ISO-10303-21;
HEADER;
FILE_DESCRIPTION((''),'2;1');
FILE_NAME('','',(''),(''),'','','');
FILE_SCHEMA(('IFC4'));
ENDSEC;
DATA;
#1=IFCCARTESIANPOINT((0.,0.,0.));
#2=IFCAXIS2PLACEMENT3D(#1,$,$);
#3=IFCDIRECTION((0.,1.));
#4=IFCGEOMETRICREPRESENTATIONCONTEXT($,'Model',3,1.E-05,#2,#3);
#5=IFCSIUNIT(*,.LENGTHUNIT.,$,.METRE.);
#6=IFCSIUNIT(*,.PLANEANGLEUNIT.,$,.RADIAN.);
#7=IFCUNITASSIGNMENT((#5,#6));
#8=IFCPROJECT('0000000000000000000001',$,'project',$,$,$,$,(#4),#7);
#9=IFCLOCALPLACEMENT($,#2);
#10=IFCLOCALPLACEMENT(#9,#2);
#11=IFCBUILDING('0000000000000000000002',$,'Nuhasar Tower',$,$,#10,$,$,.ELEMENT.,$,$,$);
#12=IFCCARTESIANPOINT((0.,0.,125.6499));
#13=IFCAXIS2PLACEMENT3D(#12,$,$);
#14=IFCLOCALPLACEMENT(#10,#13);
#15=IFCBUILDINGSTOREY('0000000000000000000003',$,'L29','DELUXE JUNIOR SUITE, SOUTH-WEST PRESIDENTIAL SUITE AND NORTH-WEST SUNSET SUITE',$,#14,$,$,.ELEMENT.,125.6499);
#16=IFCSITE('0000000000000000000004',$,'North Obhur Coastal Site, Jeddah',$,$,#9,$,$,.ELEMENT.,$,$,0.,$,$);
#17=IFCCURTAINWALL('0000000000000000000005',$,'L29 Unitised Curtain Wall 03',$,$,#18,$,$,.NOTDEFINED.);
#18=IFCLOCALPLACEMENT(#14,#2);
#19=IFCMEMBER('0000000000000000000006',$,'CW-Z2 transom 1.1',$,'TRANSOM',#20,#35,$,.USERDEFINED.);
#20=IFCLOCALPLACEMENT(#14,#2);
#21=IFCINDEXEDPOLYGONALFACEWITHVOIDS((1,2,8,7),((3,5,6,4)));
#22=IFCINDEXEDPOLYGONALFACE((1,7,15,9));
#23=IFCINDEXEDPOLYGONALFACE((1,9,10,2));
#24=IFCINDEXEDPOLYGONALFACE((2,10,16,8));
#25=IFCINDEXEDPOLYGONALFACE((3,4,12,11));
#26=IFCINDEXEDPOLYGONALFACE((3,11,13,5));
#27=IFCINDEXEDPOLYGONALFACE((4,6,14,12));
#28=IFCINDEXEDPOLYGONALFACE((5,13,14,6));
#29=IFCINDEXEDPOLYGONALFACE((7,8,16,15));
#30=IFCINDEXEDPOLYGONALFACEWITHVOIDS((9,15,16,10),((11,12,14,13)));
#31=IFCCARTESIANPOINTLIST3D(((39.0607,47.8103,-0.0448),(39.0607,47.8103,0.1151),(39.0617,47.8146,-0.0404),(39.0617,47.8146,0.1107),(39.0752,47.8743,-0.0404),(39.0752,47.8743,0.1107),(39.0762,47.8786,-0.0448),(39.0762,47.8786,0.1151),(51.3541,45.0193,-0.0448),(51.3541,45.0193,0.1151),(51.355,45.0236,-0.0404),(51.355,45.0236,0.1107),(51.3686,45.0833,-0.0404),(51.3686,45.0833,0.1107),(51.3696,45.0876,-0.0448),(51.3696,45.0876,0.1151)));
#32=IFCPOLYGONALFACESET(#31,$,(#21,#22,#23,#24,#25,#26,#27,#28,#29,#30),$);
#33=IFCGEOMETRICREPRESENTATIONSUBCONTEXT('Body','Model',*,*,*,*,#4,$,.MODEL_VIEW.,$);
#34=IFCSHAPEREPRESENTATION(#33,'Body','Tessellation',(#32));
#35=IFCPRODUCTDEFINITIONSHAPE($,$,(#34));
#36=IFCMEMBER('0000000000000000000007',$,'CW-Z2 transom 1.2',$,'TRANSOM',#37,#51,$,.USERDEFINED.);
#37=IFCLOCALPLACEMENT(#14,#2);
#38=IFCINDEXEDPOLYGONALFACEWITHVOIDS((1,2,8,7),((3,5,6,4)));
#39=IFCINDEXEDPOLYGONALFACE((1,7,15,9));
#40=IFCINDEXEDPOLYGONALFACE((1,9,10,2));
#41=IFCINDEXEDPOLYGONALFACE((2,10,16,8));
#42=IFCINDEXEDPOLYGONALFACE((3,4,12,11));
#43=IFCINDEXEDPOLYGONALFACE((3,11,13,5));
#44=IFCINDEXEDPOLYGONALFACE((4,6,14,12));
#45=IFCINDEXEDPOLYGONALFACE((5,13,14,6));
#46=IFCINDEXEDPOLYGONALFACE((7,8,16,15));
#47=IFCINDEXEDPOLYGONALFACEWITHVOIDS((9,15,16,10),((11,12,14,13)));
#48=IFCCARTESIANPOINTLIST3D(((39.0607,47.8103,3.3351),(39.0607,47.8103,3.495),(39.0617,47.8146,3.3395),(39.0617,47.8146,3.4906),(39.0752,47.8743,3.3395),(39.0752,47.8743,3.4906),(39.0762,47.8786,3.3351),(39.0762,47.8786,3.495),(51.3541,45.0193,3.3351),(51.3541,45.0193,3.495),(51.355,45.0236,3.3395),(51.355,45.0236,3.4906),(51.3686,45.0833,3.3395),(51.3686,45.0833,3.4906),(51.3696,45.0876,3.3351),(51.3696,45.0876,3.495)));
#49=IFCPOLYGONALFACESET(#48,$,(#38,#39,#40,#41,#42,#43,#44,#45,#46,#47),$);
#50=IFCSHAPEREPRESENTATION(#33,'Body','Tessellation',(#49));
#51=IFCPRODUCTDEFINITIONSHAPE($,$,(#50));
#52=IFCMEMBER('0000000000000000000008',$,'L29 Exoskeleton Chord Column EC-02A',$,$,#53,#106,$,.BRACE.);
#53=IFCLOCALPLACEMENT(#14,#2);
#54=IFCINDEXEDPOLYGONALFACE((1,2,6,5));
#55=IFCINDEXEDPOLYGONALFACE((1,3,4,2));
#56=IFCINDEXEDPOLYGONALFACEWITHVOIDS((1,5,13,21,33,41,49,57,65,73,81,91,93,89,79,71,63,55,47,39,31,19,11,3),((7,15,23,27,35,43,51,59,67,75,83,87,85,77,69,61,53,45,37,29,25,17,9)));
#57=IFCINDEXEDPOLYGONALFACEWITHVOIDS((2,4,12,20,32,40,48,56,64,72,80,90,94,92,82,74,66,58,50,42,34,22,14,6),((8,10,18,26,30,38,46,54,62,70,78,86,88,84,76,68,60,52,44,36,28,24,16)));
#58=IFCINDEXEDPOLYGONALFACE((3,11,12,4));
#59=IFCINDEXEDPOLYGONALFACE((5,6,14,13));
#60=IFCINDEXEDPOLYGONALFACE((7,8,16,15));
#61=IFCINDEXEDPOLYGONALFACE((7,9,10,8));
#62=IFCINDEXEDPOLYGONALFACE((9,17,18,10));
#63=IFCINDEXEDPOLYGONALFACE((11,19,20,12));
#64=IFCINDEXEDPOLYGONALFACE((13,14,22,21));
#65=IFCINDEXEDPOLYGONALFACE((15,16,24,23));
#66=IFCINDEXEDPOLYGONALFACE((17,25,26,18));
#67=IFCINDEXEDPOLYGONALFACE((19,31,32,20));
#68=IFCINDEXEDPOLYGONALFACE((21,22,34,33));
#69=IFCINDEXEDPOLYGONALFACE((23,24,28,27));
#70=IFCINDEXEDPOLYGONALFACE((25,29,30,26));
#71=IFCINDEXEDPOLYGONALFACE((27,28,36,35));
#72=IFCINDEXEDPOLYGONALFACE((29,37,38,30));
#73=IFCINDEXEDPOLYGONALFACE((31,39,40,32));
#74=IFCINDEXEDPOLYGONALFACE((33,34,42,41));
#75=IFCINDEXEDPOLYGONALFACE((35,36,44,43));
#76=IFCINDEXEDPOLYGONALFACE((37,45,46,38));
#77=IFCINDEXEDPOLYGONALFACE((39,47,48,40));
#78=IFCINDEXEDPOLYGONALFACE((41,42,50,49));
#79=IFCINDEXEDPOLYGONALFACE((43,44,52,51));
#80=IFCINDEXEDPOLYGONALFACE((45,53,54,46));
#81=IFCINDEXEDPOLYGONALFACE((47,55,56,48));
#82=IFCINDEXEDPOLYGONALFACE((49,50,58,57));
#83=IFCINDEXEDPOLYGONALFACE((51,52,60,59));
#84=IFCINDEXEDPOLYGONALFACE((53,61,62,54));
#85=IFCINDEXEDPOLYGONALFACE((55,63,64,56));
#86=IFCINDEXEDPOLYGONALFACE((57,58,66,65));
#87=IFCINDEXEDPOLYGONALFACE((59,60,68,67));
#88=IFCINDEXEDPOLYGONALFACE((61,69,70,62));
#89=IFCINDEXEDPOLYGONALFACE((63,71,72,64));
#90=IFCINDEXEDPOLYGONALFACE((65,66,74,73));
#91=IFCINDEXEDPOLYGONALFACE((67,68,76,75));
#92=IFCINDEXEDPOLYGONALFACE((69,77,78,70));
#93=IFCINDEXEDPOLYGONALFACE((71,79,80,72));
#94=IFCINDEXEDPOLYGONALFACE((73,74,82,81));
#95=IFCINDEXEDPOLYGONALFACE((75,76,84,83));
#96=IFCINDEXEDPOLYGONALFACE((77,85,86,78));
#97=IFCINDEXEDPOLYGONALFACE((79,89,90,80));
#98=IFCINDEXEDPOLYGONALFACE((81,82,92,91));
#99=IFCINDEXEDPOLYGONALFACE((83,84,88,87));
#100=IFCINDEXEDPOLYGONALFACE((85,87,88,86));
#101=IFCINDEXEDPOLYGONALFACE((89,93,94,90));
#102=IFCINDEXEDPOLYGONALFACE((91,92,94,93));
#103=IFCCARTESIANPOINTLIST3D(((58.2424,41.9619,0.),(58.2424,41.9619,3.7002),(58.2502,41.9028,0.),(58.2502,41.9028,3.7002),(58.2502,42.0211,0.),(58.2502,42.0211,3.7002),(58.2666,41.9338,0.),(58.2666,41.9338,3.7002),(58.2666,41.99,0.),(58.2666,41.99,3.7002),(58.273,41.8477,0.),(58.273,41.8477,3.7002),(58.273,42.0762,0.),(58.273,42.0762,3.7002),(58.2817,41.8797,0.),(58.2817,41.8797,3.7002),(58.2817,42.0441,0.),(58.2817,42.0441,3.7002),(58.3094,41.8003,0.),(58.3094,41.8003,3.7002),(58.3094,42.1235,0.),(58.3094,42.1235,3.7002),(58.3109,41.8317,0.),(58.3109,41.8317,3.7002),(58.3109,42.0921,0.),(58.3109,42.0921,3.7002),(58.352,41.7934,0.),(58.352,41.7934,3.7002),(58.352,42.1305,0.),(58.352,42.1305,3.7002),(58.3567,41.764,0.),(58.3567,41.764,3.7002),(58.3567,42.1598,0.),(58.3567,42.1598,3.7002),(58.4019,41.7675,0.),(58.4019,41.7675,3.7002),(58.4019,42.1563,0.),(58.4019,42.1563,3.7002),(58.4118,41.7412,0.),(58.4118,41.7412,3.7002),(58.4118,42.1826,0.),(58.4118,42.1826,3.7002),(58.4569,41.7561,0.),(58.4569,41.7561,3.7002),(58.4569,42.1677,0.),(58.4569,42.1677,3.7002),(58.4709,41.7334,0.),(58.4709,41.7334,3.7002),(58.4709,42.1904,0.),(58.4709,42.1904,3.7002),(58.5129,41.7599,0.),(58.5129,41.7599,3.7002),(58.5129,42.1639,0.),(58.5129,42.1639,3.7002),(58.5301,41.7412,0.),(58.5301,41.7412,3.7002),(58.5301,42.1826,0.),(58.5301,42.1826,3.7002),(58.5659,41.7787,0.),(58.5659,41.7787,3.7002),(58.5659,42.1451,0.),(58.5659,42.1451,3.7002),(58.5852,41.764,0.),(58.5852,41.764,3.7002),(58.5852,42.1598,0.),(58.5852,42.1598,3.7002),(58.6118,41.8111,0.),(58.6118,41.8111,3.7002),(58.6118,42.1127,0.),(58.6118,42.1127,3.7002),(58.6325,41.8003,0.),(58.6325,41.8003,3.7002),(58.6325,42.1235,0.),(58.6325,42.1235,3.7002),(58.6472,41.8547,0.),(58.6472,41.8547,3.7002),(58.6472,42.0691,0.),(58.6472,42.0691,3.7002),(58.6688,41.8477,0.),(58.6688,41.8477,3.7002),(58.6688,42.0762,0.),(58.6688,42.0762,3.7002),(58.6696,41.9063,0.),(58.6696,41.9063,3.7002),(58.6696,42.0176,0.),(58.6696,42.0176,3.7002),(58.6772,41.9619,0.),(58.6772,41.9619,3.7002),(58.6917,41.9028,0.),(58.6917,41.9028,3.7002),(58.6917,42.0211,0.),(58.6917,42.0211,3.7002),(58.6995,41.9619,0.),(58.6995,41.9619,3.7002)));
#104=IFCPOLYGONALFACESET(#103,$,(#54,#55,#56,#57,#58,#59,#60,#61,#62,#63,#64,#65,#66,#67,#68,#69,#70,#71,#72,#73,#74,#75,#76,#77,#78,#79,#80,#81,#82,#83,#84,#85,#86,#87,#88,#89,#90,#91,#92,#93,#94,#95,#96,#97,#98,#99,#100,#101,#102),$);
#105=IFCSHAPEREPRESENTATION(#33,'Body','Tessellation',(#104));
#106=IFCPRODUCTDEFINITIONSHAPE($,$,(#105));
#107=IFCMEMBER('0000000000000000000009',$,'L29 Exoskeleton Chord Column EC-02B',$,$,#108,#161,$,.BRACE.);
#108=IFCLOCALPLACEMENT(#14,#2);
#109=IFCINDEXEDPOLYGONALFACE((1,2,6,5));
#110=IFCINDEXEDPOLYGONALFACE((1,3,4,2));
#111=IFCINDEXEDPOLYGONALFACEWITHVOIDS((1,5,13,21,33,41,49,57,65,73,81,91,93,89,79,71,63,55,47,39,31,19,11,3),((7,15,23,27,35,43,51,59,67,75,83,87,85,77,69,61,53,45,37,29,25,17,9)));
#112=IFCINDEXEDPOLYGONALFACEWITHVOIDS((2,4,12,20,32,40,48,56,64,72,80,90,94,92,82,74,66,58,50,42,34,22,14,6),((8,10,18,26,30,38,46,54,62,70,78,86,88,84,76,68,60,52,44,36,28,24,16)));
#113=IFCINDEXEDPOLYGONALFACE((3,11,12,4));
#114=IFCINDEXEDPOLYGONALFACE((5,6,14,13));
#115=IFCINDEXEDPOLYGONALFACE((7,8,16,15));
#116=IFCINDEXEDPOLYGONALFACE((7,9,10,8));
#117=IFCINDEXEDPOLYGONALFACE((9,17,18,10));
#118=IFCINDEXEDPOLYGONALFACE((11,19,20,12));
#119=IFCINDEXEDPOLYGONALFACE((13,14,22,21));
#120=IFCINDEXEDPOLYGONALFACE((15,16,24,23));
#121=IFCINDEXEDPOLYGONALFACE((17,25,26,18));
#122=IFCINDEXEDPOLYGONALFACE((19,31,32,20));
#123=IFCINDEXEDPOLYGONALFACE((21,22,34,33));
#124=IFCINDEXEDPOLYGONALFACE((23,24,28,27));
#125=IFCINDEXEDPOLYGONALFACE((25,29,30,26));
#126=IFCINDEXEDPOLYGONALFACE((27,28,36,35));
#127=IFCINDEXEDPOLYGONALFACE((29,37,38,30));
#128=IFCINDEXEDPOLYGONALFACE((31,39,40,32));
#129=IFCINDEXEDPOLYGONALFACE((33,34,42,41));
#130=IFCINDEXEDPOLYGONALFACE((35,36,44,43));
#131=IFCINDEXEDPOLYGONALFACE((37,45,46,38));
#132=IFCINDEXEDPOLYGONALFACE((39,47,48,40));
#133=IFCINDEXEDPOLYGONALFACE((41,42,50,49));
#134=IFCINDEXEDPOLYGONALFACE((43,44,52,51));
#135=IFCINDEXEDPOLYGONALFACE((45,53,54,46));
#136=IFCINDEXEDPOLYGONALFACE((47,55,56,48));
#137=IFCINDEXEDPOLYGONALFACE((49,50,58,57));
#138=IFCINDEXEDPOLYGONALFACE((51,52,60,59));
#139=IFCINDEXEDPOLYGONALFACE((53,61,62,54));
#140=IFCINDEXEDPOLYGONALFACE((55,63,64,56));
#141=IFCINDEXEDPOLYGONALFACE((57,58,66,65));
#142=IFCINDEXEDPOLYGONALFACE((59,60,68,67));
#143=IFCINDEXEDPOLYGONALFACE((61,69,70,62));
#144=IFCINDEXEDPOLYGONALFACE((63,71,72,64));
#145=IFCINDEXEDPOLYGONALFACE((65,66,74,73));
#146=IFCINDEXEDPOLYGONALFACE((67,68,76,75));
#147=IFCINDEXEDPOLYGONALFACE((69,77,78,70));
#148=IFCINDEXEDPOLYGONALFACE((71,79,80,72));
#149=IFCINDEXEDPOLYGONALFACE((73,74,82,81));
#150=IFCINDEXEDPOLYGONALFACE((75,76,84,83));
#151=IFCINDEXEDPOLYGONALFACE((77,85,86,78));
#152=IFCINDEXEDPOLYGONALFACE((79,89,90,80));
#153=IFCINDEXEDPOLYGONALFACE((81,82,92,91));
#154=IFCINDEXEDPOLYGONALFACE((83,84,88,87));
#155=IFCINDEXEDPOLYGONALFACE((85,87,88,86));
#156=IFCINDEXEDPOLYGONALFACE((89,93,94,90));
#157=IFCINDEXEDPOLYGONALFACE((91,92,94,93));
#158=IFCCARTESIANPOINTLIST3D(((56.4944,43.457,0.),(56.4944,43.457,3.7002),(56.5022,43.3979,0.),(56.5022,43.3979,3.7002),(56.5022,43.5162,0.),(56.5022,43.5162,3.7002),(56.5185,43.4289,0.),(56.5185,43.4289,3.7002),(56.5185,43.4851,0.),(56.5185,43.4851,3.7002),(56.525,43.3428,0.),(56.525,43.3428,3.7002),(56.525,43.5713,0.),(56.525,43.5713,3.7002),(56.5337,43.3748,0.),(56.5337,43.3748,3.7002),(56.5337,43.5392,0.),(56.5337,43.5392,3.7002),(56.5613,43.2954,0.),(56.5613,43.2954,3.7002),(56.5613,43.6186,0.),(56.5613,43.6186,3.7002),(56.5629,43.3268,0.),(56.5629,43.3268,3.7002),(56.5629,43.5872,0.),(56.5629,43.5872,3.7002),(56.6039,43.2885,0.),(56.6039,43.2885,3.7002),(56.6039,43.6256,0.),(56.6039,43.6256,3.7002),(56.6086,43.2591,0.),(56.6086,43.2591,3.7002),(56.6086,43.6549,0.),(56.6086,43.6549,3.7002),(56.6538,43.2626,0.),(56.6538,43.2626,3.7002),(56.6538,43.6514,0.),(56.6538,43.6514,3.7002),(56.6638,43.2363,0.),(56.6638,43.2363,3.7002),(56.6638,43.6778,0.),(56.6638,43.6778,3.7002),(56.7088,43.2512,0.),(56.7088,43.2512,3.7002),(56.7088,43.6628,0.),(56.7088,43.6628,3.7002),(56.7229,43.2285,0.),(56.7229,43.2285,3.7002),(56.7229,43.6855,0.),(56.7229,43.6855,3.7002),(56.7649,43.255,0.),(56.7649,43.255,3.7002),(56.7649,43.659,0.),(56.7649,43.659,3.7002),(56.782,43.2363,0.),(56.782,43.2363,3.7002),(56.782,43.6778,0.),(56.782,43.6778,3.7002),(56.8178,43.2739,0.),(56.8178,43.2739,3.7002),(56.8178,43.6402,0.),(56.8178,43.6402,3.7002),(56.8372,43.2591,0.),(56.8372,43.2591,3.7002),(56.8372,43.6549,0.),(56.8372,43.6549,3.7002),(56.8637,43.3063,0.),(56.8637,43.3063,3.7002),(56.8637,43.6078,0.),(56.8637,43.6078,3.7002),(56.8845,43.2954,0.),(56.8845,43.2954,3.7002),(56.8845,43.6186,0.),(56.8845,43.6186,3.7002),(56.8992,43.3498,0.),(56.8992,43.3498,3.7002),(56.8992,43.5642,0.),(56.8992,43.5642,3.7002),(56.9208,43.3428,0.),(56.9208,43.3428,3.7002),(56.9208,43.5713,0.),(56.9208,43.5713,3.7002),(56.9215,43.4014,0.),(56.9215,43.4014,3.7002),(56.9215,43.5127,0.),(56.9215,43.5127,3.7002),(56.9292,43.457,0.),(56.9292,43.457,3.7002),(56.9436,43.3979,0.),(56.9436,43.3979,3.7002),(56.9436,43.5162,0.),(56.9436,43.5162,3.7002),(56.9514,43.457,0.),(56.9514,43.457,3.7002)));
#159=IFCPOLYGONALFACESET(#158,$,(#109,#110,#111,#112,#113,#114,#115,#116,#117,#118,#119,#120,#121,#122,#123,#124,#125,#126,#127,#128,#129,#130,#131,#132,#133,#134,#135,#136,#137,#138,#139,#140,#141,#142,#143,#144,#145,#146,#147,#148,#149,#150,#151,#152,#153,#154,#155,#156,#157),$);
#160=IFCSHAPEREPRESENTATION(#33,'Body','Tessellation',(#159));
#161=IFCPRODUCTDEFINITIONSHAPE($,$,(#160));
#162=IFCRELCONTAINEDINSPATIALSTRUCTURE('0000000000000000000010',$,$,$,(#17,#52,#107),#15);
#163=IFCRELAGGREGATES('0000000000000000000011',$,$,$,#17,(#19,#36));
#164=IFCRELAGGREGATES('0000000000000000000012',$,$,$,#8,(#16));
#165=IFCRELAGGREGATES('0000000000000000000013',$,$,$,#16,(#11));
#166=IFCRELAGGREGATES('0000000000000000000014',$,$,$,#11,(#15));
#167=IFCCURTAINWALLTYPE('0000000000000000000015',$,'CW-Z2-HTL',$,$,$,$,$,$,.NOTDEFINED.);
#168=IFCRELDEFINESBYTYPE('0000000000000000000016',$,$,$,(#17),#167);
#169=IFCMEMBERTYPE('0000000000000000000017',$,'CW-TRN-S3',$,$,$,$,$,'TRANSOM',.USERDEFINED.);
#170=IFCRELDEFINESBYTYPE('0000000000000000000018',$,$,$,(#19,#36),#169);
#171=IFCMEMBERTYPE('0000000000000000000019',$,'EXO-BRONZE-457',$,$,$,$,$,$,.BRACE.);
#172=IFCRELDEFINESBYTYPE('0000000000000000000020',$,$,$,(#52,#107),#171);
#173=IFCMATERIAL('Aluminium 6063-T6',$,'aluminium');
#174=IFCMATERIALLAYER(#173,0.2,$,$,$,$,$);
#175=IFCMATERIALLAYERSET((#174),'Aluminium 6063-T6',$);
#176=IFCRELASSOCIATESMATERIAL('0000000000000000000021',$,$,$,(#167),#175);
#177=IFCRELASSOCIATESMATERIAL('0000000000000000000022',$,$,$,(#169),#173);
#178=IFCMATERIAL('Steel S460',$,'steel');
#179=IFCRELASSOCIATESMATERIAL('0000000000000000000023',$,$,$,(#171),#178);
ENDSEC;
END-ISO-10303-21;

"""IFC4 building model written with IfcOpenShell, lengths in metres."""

from ifc_helpers import new_model, si_unit, direction, frame, origin, origin_2d, place, context, subcontext, project, spatial, hollow_rectangle, hollow_circle, extrude, material, layer, layer_set, material_profile, profile_set, type_object, element, aggregate, save


model = new_model("IFC4")

# Units and contexts
model_context = context("Model", 3, precision=1e-05, world=origin(), true_north=direction((0.0, 1.0)))
body_context = subcontext(model_context, "Body", "Model", "MODEL_VIEW")
ifc_project = project(units=[si_unit("LENGTHUNIT", "METRE"), si_unit("PLANEANGLEUNIT", "RADIAN")], contexts=[model_context])

# Site, building, storey
site_placement = place(None, origin())
site = spatial("IfcSite", under=ifc_project, at=site_placement, Name="North Obhur Coastal Site, Jeddah", CompositionType="ELEMENT", RefElevation=0.0)
building_placement = place(site_placement, origin())
building = spatial("IfcBuilding", under=site, at=building_placement, Name="Nuhasar Tower", CompositionType="ELEMENT")
storey_placement = place(building_placement, frame((0.0, 0.0, 125.6499)))
storey = spatial("IfcBuildingStorey", under=building, at=storey_placement, Name="L29", Description="DELUXE JUNIOR SUITE, SOUTH-WEST PRESIDENTIAL SUITE AND NORTH-WEST SUNSET SUITE", CompositionType="ELEMENT", Elevation=125.6499)

# Shared definitions
ifc_material_1 = material(Name="Aluminium 6063-T6", Category="aluminium")
ifc_layer_1 = layer(ifc_material_1, 0.2)
ifc_layer_set_1 = layer_set([ifc_layer_1], Name="Aluminium 6063-T6")
curtain_wall_type = type_object("IfcCurtainWallType", Name="CW-Z2-HTL", PredefinedType="NOTDEFINED", material=ifc_layer_set_1)

# Curtain wall
curtain_wall_1_placement = place(storey_placement, origin())
curtain_wall_1 = element("IfcCurtainWall", 1, at=curtain_wall_1_placement, inside=storey, type_object=curtain_wall_type, Name="L29 Unitised Curtain Wall 03", PredefinedType="NOTDEFINED")

# Members
ifc_material_profile_1 = material_profile(ifc_material_1, hollow_rectangle(XDim=0.0701, YDim=0.1599, WallThickness=0.0044, at=origin_2d()), Name="CWT-3")
ifc_profile_set_1 = profile_set([ifc_material_profile_1], Name="Aluminium 6063-T6")
member_type_1 = type_object("IfcMemberType", Name="CW-TRN-S3", ElementType="TRANSOM", PredefinedType="USERDEFINED", material=ifc_profile_set_1)
member_1_placement = place(storey_placement, frame((51.3618, 45.0535, 0.0352), z_axis=(-0.975183, 0.221398, 0.0), x_axis=(-0.221398, -0.975183, 0.0)))
member_1 = element("IfcMember", 2, at=member_1_placement, type_object=member_type_1, Name="CW-Z2 transom 1.1", ObjectType="TRANSOM", PredefinedType="USERDEFINED", context=body_context, shape_type="SweptSolid", body=[
    extrude(hollow_rectangle(XDim=0.0701, YDim=0.1599, WallThickness=0.0044, at=origin_2d()), origin(), (0.0, 0.0, 1.0), 12.6062),
])
member_2_placement = place(storey_placement, frame((51.3618, 45.0535, 3.415), z_axis=(-0.975183, 0.221398, 0.0), x_axis=(-0.221398, -0.975183, 0.0)))
member_2 = element("IfcMember", 3, at=member_2_placement, type_object=member_type_1, Name="CW-Z2 transom 1.2", ObjectType="TRANSOM", PredefinedType="USERDEFINED", context=body_context, shape_type="SweptSolid", body=[
    extrude(hollow_rectangle(XDim=0.0701, YDim=0.1599, WallThickness=0.0044, at=origin_2d()), origin(), (0.0, 0.0, 1.0), 12.6062),
])
aggregate(curtain_wall_1, [member_1, member_2])

# Members
ifc_material_2 = material(Name="Steel S460", Category="steel")
ifc_material_profile_2 = material_profile(ifc_material_2, hollow_circle(Radius=0.2285, WallThickness=0.0222, at=origin_2d()), Name="HSS457X22.2")
ifc_profile_set_2 = profile_set([ifc_material_profile_2], Name="Steel S460")
member_type_2 = type_object("IfcMemberType", Name="EXO-BRONZE-457", PredefinedType="BRACE", material=ifc_profile_set_2)
for number, where, z_axis, x_axis, name in (
    (4, (58.4709, 41.9619, 0.0), (0.0, 0.0, 1.0), (1.0, 0.0, 0.0), "L29 Exoskeleton Chord Column EC-02A"),
    (5, (56.7229, 43.457, 0.0), (0.0, 0.0, 1.0), (1.0, 0.0, 0.0), "L29 Exoskeleton Chord Column EC-02B"),
):
    element("IfcMember", number, at=place(storey_placement, frame(where, z_axis=z_axis, x_axis=x_axis)), inside=storey, type_object=member_type_2, Name=name, PredefinedType="BRACE", context=body_context, shape_type="SweptSolid", body=[
        extrude(hollow_circle(Radius=0.2285, WallThickness=0.0222, at=origin_2d()), origin(), (0.0, 0.0, 1.0), 3.7002),
    ])

save(model, "model.ifc")
